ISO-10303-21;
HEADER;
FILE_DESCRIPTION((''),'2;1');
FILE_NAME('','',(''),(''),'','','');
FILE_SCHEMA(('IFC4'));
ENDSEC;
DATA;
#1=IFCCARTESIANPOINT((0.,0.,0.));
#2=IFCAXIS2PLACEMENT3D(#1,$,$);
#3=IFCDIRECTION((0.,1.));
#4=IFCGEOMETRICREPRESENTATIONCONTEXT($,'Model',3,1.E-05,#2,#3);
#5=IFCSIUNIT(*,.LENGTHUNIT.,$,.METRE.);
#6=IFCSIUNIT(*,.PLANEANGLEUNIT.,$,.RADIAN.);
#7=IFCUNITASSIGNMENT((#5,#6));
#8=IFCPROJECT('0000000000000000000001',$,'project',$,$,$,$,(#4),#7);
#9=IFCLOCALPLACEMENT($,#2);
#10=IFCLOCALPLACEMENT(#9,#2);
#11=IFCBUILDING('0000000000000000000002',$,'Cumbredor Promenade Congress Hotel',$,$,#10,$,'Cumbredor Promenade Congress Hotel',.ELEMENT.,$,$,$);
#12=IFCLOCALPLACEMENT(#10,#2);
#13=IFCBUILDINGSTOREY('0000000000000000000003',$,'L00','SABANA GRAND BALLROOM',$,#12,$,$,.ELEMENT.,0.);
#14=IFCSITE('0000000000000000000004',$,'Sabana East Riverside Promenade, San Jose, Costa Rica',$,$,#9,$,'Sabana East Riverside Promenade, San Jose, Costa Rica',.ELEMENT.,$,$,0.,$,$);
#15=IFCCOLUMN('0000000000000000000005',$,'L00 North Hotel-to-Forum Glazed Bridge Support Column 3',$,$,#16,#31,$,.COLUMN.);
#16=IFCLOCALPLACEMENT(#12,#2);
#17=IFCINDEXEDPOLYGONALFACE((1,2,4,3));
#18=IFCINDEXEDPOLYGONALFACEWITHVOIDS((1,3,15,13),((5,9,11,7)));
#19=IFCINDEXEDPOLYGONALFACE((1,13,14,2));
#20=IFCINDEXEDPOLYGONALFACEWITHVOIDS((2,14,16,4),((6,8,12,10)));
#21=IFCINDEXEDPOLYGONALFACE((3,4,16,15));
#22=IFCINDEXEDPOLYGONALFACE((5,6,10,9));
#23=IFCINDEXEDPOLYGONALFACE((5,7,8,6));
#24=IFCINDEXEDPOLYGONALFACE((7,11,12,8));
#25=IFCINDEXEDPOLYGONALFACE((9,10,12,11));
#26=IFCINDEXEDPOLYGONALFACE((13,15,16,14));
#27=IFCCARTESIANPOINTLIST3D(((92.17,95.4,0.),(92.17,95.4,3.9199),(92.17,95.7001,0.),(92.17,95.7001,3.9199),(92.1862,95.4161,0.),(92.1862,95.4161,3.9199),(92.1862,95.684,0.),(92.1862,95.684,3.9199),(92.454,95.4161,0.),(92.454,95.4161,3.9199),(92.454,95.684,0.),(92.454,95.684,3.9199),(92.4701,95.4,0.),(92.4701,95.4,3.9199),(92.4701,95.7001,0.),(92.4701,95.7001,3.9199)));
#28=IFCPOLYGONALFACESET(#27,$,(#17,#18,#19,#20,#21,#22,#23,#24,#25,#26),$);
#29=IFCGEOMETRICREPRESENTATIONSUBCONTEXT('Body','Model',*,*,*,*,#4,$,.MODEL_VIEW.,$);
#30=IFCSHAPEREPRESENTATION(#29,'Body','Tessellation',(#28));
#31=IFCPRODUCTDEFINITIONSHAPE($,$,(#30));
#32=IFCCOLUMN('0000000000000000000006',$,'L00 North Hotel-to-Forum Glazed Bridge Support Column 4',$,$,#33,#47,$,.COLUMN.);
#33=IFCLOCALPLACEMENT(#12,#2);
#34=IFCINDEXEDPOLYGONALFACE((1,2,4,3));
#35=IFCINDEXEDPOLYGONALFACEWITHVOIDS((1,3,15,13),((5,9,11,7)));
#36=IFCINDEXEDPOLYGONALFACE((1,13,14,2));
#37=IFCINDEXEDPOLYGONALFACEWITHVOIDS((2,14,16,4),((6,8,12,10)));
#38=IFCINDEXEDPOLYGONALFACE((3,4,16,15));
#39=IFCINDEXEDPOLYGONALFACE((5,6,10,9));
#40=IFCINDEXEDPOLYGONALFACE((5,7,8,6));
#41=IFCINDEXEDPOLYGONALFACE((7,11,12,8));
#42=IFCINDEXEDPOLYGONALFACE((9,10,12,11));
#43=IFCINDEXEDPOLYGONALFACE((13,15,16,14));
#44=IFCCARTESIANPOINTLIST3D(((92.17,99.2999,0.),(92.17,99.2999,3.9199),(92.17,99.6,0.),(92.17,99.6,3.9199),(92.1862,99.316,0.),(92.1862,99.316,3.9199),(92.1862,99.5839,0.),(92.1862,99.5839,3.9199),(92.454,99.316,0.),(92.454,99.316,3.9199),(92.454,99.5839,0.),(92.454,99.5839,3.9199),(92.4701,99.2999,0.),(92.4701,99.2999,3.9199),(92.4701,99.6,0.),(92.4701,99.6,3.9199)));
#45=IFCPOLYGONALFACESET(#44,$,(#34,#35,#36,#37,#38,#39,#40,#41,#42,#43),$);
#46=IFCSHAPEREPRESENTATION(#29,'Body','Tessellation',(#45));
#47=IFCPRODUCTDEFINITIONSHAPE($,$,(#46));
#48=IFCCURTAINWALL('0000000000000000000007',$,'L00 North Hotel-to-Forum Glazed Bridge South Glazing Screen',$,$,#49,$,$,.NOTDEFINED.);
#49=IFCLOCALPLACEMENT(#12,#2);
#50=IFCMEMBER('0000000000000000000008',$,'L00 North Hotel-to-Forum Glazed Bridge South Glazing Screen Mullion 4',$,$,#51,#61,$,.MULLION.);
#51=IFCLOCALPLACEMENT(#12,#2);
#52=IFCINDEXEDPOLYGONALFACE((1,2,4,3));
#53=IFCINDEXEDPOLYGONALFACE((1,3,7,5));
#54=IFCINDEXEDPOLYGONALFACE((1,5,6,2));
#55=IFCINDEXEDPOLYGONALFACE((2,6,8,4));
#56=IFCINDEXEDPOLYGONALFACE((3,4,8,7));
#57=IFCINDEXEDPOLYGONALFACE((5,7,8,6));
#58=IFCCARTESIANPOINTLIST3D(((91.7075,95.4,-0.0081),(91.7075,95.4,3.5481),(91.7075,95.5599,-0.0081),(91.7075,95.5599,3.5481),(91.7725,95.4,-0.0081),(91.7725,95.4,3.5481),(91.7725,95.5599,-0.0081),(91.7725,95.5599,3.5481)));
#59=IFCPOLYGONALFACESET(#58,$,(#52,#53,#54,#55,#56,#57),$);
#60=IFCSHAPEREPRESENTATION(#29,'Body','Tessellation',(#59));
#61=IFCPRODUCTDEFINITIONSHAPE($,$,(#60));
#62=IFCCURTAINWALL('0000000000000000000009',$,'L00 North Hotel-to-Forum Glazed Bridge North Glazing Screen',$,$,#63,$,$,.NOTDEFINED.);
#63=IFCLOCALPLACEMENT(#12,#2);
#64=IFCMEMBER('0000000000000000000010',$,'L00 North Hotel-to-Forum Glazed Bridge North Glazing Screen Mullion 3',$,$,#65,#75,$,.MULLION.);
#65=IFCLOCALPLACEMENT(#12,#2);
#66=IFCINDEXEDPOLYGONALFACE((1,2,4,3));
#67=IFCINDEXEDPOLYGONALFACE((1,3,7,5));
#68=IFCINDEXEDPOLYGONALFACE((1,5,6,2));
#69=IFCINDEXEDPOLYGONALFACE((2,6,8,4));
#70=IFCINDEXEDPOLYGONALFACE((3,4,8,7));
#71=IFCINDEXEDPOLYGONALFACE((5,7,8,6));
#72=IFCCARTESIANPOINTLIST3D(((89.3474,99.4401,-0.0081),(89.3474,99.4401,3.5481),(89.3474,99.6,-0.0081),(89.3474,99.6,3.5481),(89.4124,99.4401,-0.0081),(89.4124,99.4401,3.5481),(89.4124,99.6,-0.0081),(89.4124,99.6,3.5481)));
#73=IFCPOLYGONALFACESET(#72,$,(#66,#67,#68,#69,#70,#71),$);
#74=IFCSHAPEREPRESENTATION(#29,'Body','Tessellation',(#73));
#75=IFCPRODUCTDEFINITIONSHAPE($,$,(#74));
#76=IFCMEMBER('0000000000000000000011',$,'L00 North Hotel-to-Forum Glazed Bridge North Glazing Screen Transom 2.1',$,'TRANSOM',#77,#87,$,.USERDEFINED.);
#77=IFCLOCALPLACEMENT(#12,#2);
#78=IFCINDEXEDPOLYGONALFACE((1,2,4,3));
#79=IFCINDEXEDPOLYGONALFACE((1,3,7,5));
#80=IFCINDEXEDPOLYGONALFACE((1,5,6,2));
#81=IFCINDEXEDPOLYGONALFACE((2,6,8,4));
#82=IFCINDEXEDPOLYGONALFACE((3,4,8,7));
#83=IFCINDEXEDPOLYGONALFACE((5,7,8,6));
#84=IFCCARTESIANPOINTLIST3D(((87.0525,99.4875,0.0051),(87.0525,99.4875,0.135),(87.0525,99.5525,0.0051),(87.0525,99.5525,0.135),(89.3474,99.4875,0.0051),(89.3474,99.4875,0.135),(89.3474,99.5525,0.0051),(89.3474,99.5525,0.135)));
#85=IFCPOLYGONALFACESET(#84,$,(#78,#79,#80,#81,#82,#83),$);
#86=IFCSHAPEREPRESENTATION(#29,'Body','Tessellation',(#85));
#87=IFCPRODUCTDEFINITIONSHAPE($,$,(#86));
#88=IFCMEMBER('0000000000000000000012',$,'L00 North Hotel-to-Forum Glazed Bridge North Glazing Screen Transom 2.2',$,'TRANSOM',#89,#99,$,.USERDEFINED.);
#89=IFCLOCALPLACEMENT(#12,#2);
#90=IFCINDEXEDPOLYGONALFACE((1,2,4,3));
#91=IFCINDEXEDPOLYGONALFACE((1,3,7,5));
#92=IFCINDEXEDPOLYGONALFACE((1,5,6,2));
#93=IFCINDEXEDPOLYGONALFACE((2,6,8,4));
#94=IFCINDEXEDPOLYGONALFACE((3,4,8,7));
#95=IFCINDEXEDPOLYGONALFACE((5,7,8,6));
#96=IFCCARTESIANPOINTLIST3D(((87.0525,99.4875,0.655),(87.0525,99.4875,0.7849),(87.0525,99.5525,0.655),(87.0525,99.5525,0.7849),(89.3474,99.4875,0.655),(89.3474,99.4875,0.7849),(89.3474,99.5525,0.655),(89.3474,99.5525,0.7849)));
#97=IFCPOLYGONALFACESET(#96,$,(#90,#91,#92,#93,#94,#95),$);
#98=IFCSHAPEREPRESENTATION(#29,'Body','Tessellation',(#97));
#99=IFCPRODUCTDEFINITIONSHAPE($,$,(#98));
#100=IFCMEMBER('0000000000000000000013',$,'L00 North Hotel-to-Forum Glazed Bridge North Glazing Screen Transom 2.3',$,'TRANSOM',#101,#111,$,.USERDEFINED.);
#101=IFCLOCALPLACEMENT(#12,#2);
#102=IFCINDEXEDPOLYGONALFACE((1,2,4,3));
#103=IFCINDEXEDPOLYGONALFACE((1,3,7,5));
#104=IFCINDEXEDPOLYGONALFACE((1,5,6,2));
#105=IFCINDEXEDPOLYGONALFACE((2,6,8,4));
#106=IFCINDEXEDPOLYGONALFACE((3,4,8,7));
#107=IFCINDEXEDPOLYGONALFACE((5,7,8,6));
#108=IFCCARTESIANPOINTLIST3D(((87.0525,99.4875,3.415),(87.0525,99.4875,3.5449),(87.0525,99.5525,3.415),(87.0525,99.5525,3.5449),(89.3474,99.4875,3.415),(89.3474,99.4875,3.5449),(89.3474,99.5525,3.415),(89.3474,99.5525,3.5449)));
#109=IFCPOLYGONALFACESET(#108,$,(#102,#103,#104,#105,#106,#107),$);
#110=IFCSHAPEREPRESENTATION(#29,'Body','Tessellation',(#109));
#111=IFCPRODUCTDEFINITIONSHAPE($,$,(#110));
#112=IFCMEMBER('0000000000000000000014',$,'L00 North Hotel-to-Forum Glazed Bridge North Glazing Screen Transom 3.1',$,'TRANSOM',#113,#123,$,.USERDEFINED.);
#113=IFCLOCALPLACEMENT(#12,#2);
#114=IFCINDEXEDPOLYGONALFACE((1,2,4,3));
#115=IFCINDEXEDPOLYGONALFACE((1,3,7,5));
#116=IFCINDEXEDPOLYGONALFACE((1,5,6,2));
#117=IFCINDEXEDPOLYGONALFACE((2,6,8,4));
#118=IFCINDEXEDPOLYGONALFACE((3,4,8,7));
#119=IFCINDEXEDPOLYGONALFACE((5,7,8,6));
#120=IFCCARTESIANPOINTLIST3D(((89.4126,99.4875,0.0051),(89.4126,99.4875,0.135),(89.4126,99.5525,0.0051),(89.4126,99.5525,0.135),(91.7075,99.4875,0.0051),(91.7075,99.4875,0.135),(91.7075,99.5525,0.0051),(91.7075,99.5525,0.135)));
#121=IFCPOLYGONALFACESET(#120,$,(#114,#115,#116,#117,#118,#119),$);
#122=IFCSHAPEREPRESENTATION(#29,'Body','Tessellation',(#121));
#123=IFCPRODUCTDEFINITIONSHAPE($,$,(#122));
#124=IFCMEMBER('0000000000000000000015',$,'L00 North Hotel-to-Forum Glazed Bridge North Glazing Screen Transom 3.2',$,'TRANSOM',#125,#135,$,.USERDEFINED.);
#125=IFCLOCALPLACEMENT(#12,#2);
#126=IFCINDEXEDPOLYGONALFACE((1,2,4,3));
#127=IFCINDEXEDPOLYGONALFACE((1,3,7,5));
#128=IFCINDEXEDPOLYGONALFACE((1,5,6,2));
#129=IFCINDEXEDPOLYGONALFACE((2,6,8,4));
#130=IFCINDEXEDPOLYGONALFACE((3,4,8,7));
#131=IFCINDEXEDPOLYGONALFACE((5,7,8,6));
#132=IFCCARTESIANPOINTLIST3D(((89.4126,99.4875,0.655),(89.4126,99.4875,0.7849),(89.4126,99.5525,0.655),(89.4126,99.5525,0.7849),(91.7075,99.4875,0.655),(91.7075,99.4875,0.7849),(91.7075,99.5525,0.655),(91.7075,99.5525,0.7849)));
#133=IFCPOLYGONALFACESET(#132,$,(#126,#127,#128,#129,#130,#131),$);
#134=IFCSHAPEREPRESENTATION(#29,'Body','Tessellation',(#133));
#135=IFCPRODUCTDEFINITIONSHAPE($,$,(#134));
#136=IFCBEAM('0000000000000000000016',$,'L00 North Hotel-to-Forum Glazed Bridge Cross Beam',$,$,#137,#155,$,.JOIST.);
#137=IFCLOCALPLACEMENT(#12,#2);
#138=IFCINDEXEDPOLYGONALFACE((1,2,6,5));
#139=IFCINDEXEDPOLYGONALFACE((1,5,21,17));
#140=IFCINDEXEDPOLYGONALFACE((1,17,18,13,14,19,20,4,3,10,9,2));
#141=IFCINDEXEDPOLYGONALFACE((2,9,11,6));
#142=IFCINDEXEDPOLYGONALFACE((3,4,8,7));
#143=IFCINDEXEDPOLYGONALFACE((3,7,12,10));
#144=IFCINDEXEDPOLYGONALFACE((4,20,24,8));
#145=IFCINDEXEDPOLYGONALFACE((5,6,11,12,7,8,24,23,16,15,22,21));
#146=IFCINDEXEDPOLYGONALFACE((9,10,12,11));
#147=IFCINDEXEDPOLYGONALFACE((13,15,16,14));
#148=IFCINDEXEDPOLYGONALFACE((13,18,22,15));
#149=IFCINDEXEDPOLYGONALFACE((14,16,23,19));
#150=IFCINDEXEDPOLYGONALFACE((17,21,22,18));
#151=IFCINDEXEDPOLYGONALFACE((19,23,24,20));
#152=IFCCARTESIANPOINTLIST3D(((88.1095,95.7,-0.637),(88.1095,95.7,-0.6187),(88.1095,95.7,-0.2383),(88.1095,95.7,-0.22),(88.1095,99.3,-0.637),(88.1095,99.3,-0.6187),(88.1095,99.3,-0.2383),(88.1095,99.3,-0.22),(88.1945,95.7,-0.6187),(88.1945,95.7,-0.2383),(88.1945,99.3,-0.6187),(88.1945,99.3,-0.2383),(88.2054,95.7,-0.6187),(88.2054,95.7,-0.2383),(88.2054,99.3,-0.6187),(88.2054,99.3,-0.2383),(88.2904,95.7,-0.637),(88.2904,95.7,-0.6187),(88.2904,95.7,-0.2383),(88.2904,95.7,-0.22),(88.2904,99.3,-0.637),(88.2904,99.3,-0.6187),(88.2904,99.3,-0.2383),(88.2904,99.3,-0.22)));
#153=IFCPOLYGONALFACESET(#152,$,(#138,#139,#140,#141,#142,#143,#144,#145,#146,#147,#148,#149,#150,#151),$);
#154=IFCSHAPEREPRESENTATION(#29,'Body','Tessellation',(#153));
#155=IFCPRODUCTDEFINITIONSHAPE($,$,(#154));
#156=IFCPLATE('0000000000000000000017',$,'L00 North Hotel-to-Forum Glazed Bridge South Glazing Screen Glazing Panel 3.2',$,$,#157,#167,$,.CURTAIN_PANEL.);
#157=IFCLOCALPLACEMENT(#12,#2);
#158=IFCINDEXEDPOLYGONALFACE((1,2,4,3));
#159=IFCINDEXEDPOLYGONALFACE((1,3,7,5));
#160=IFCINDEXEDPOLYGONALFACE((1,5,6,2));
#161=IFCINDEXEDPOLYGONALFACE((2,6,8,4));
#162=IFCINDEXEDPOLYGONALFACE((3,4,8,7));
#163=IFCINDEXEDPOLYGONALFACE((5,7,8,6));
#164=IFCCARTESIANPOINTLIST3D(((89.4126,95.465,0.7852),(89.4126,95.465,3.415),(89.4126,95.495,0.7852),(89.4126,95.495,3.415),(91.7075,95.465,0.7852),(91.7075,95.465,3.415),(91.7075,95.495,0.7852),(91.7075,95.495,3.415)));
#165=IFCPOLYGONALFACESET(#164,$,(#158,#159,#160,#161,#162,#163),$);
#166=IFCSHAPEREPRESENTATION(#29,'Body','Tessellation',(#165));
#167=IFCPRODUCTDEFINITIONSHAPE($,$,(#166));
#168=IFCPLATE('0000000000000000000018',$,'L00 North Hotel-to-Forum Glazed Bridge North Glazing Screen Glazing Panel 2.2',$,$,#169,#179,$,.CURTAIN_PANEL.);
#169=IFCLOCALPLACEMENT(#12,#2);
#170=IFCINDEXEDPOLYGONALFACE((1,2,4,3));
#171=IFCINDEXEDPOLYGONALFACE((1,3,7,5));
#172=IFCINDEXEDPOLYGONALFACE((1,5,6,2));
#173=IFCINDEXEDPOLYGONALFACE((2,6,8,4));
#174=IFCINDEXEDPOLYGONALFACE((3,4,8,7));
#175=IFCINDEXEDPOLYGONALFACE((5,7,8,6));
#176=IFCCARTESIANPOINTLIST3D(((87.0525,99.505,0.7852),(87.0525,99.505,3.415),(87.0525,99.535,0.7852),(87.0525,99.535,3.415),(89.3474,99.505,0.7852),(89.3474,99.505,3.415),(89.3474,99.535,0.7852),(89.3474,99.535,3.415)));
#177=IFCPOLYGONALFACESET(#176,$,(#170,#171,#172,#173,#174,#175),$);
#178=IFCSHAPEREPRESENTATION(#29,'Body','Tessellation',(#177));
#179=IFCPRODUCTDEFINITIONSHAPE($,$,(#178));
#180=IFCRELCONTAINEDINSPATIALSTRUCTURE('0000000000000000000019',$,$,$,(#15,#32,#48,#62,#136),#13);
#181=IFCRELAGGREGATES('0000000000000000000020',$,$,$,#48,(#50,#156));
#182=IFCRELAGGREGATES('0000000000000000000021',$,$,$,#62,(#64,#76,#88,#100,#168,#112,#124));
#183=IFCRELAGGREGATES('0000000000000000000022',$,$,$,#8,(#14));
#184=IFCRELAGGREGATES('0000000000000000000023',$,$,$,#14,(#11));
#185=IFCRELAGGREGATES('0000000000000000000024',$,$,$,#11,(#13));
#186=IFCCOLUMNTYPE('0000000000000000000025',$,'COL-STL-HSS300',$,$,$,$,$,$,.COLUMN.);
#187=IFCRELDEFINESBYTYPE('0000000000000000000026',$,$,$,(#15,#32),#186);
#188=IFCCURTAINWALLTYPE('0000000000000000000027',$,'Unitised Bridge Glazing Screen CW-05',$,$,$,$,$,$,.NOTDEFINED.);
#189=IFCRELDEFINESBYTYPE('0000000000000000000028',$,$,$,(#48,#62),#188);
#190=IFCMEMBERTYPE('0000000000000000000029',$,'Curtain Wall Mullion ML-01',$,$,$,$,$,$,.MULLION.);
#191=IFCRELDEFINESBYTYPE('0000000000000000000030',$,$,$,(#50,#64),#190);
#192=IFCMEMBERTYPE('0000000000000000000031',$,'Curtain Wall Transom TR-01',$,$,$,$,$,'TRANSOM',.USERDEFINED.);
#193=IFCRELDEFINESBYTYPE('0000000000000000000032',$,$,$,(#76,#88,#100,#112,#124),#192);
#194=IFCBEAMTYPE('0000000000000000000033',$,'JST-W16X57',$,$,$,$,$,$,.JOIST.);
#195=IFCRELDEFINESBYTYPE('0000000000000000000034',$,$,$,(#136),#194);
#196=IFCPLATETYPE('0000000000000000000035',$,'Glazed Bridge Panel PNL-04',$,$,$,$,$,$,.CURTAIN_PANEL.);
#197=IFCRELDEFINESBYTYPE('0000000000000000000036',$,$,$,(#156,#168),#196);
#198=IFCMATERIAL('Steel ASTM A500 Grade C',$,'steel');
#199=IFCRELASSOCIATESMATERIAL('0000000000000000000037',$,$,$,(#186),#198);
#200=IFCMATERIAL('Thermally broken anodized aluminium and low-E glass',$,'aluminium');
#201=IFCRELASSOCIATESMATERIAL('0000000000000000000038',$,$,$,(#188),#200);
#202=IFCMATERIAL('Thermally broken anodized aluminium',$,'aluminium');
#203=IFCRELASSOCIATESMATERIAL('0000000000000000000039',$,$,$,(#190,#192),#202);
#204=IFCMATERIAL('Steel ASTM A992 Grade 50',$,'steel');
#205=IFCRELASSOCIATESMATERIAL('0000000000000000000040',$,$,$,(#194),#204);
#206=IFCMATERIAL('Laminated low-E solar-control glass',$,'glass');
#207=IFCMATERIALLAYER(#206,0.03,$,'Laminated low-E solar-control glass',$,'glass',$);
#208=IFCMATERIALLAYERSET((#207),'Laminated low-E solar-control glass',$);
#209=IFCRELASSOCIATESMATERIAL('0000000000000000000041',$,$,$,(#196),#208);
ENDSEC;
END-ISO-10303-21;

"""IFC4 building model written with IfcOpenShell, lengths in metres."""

from ifc_helpers import new_model, si_unit, direction, frame, origin, origin_2d, place, context, subcontext, project, spatial, rectangle, hollow_rectangle, i_section, extrude, material, layer, layer_set, material_profile, profile_set, type_object, element, aggregate, save


model = new_model("IFC4")

# Units and contexts
model_context = context("Model", 3, precision=1e-05, world=origin(), true_north=direction((0.0, 1.0)))
body_context = subcontext(model_context, "Body", "Model", "MODEL_VIEW")
ifc_project = project(units=[si_unit("LENGTHUNIT", "METRE"), si_unit("PLANEANGLEUNIT", "RADIAN")], contexts=[model_context])

# Site, building, storey
site_placement = place(None, origin())
site = spatial("IfcSite", under=ifc_project, at=site_placement, Name="Sabana East Riverside Promenade, San Jose, Costa Rica", LongName="Sabana East Riverside Promenade, San Jose, Costa Rica", CompositionType="ELEMENT", RefElevation=0.0)
building_placement = place(site_placement, origin())
building = spatial("IfcBuilding", under=site, at=building_placement, Name="Cumbredor Promenade Congress Hotel", LongName="Cumbredor Promenade Congress Hotel", CompositionType="ELEMENT")
storey_placement = place(building_placement, origin())
storey = spatial("IfcBuildingStorey", under=building, at=storey_placement, Name="L00", Description="SABANA GRAND BALLROOM", CompositionType="ELEMENT", Elevation=0.0)

# Columns
ifc_material_1 = material(Name="Steel ASTM A500 Grade C", Category="steel")
ifc_material_profile_1 = material_profile(ifc_material_1, hollow_rectangle(XDim=0.3, YDim=0.3, WallThickness=0.0161, at=origin_2d()), Name="HSS 300x300x16")
ifc_profile_set_1 = profile_set([ifc_material_profile_1], Name="Steel ASTM A500 Grade C")
column_type = type_object("IfcColumnType", Name="COL-STL-HSS300", PredefinedType="COLUMN", material=ifc_profile_set_1)
for number, where, z_axis, x_axis, name in (
    (1, (92.3201, 95.55, 0.0), (0.0, 0.0, 1.0), (1.0, 0.0, 0.0), "L00 North Hotel-to-Forum Glazed Bridge Support Column 3"),
    (2, (92.3201, 99.45, 0.0), (0.0, 0.0, 1.0), (1.0, 0.0, 0.0), "L00 North Hotel-to-Forum Glazed Bridge Support Column 4"),
):
    element("IfcColumn", number, at=place(storey_placement, frame(where, z_axis=z_axis, x_axis=x_axis)), inside=storey, type_object=column_type, Name=name, PredefinedType="COLUMN", context=body_context, shape_type="SweptSolid", body=[
        extrude(hollow_rectangle(XDim=0.3, YDim=0.3, WallThickness=0.0161, at=origin_2d()), origin(), (0.0, 0.0, 1.0), 3.9199),
    ])

# Curtain wall, member
ifc_material_2 = material(Name="Thermally broken anodized aluminium and low-E glass", Category="aluminium")
curtain_wall_type = type_object("IfcCurtainWallType", Name="Unitised Bridge Glazing Screen CW-05", PredefinedType="NOTDEFINED", material=ifc_material_2)
curtain_wall_1_placement = place(storey_placement, origin())
curtain_wall_1 = element("IfcCurtainWall", 3, at=curtain_wall_1_placement, inside=storey, type_object=curtain_wall_type, Name="L00 North Hotel-to-Forum Glazed Bridge South Glazing Screen", PredefinedType="NOTDEFINED")
ifc_material_3 = material(Name="Thermally broken anodized aluminium", Category="aluminium")
ifc_material_profile_2 = material_profile(ifc_material_3, rectangle(XDim=0.0649, YDim=0.1599, at=origin_2d()), Name="ALU MULLION 65x160")
ifc_profile_set_2 = profile_set([ifc_material_profile_2], Name="Thermally broken anodized aluminium")
member_type_1 = type_object("IfcMemberType", Name="Curtain Wall Mullion ML-01", PredefinedType="MULLION", material=ifc_profile_set_2)
member_1_placement = place(storey_placement, frame((91.74, 95.48, -0.0081), z_axis=(0.0, 0.0, 1.0), x_axis=(1.0, 0.0, 0.0)))
member_1 = element("IfcMember", 4, at=member_1_placement, type_object=member_type_1, Name="L00 North Hotel-to-Forum Glazed Bridge South Glazing Screen Mullion 4", PredefinedType="MULLION", context=body_context, shape_type="SweptSolid", body=[
    extrude(rectangle(XDim=0.0649, YDim=0.1599, at=origin_2d()), origin(), (0.0, 0.0, 1.0), 3.5562),
])

# Curtain wall, members
curtain_wall_2_placement = place(storey_placement, origin())
curtain_wall_2 = element("IfcCurtainWall", 5, at=curtain_wall_2_placement, inside=storey, type_object=curtain_wall_type, Name="L00 North Hotel-to-Forum Glazed Bridge North Glazing Screen", PredefinedType="NOTDEFINED")
member_2_placement = place(storey_placement, frame((89.3799, 99.52, -0.0081), z_axis=(0.0, 0.0, 1.0), x_axis=(1.0, 0.0, 0.0)))
member_2 = element("IfcMember", 6, at=member_2_placement, type_object=member_type_1, Name="L00 North Hotel-to-Forum Glazed Bridge North Glazing Screen Mullion 3", PredefinedType="MULLION", context=body_context, shape_type="SweptSolid", body=[
    extrude(rectangle(XDim=0.0649, YDim=0.1599, at=origin_2d()), origin(), (0.0, 0.0, 1.0), 3.5562),
])
ifc_material_profile_3 = material_profile(ifc_material_3, rectangle(XDim=0.0649, YDim=0.1299, at=origin_2d()), Name="ALU TRANSOM 65x130")
ifc_profile_set_3 = profile_set([ifc_material_profile_3], Name="Thermally broken anodized aluminium")
member_type_2 = type_object("IfcMemberType", Name="Curtain Wall Transom TR-01", ElementType="TRANSOM", PredefinedType="USERDEFINED", material=ifc_profile_set_3)
member_3_placement = place(storey_placement, frame((87.0525, 99.52, 0.0701), z_axis=(1.0, 0.0, 0.0), x_axis=(0.0, 1.0, 0.0)))
member_3 = element("IfcMember", 7, at=member_3_placement, type_object=member_type_2, Name="L00 North Hotel-to-Forum Glazed Bridge North Glazing Screen Transom 2.1", ObjectType="TRANSOM", PredefinedType="USERDEFINED", context=body_context, shape_type="SweptSolid", body=[
    extrude(rectangle(XDim=0.0649, YDim=0.1299, at=origin_2d()), origin(), (0.0, 0.0, 1.0), 2.2949),
])
member_4_placement = place(storey_placement, frame((87.0525, 99.52, 0.72), z_axis=(1.0, 0.0, 0.0), x_axis=(0.0, 1.0, 0.0)))
member_4 = element("IfcMember", 8, at=member_4_placement, type_object=member_type_2, Name="L00 North Hotel-to-Forum Glazed Bridge North Glazing Screen Transom 2.2", ObjectType="TRANSOM", PredefinedType="USERDEFINED", context=body_context, shape_type="SweptSolid", body=[
    extrude(rectangle(XDim=0.0649, YDim=0.1299, at=origin_2d()), origin(), (0.0, 0.0, 1.0), 2.2949),
])
member_5_placement = place(storey_placement, frame((87.0525, 99.52, 3.48), z_axis=(1.0, 0.0, 0.0), x_axis=(0.0, 1.0, 0.0)))
member_5 = element("IfcMember", 9, at=member_5_placement, type_object=member_type_2, Name="L00 North Hotel-to-Forum Glazed Bridge North Glazing Screen Transom 2.3", ObjectType="TRANSOM", PredefinedType="USERDEFINED", context=body_context, shape_type="SweptSolid", body=[
    extrude(rectangle(XDim=0.0649, YDim=0.1299, at=origin_2d()), origin(), (0.0, 0.0, 1.0), 2.2949),
])
member_6_placement = place(storey_placement, frame((89.4126, 99.52, 0.0701), z_axis=(1.0, 0.0, 0.0), x_axis=(0.0, 1.0, 0.0)))
member_6 = element("IfcMember", 10, at=member_6_placement, type_object=member_type_2, Name="L00 North Hotel-to-Forum Glazed Bridge North Glazing Screen Transom 3.1", ObjectType="TRANSOM", PredefinedType="USERDEFINED", context=body_context, shape_type="SweptSolid", body=[
    extrude(rectangle(XDim=0.0649, YDim=0.1299, at=origin_2d()), origin(), (0.0, 0.0, 1.0), 2.2949),
])
member_7_placement = place(storey_placement, frame((89.4126, 99.52, 0.72), z_axis=(1.0, 0.0, 0.0), x_axis=(0.0, 1.0, 0.0)))
member_7 = element("IfcMember", 11, at=member_7_placement, type_object=member_type_2, Name="L00 North Hotel-to-Forum Glazed Bridge North Glazing Screen Transom 3.2", ObjectType="TRANSOM", PredefinedType="USERDEFINED", context=body_context, shape_type="SweptSolid", body=[
    extrude(rectangle(XDim=0.0649, YDim=0.1299, at=origin_2d()), origin(), (0.0, 0.0, 1.0), 2.2949),
])

# Beam
ifc_material_4 = material(Name="Steel ASTM A992 Grade 50", Category="steel")
ifc_material_profile_4 = material_profile(ifc_material_4, i_section(OverallWidth=0.1809, OverallDepth=0.417, WebThickness=0.011, FlangeThickness=0.0183, at=origin_2d()), Name="W16X57")
ifc_profile_set_4 = profile_set([ifc_material_profile_4], Name="Steel ASTM A992 Grade 50")
beam_type = type_object("IfcBeamType", Name="JST-W16X57", PredefinedType="JOIST", material=ifc_profile_set_4)
beam_placement = place(storey_placement, frame((88.2, 95.7, -0.4285), z_axis=(0.0, 1.0, 0.0), x_axis=(-1.0, 0.0, 0.0)))
element("IfcBeam", 12, at=beam_placement, inside=storey, type_object=beam_type, Name="L00 North Hotel-to-Forum Glazed Bridge Cross Beam", PredefinedType="JOIST", context=body_context, shape_type="SweptSolid", body=[
    extrude(i_section(OverallWidth=0.1809, OverallDepth=0.417, WebThickness=0.011, FlangeThickness=0.0183, at=origin_2d()), origin(), (0.0, 0.0, 1.0), 3.6001),
])

# Plates
ifc_material_5 = material(Name="Laminated low-E solar-control glass", Category="glass")
ifc_layer_1 = layer(ifc_material_5, 0.03, Name="Laminated low-E solar-control glass", Category="glass")
ifc_layer_set_1 = layer_set([ifc_layer_1], Name="Laminated low-E solar-control glass")
plate_type_1 = type_object("IfcPlateType", Name="Glazed Bridge Panel PNL-04", PredefinedType="CURTAIN_PANEL", material=ifc_layer_set_1)
plate_1_placement = place(storey_placement, frame((90.5601, 95.48, 0.7852), z_axis=(0.0, 0.0, 1.0), x_axis=(1.0, 0.0, 0.0)))
plate_1 = element("IfcPlate", 13, at=plate_1_placement, type_object=plate_type_1, Name="L00 North Hotel-to-Forum Glazed Bridge South Glazing Screen Glazing Panel 3.2", PredefinedType="CURTAIN_PANEL", context=body_context, shape_type="SweptSolid", body=[
    extrude(rectangle(XDim=2.2949, YDim=0.03, at=origin_2d()), origin(), (0.0, 0.0, 1.0), 2.6299),
])
plate_2_placement = place(storey_placement, frame((88.2, 99.52, 0.7852), z_axis=(0.0, 0.0, 1.0), x_axis=(1.0, 0.0, 0.0)))
plate_2 = element("IfcPlate", 14, at=plate_2_placement, type_object=plate_type_1, Name="L00 North Hotel-to-Forum Glazed Bridge North Glazing Screen Glazing Panel 2.2", PredefinedType="CURTAIN_PANEL", context=body_context, shape_type="SweptSolid", body=[
    extrude(rectangle(XDim=2.2949, YDim=0.03, at=origin_2d()), origin(), (0.0, 0.0, 1.0), 2.6299),
])

aggregate(curtain_wall_1, [member_1, plate_1])
aggregate(curtain_wall_2, [member_2, member_3, member_4, member_5, plate_2, member_6, member_7])

save(model, "model.ifc")
